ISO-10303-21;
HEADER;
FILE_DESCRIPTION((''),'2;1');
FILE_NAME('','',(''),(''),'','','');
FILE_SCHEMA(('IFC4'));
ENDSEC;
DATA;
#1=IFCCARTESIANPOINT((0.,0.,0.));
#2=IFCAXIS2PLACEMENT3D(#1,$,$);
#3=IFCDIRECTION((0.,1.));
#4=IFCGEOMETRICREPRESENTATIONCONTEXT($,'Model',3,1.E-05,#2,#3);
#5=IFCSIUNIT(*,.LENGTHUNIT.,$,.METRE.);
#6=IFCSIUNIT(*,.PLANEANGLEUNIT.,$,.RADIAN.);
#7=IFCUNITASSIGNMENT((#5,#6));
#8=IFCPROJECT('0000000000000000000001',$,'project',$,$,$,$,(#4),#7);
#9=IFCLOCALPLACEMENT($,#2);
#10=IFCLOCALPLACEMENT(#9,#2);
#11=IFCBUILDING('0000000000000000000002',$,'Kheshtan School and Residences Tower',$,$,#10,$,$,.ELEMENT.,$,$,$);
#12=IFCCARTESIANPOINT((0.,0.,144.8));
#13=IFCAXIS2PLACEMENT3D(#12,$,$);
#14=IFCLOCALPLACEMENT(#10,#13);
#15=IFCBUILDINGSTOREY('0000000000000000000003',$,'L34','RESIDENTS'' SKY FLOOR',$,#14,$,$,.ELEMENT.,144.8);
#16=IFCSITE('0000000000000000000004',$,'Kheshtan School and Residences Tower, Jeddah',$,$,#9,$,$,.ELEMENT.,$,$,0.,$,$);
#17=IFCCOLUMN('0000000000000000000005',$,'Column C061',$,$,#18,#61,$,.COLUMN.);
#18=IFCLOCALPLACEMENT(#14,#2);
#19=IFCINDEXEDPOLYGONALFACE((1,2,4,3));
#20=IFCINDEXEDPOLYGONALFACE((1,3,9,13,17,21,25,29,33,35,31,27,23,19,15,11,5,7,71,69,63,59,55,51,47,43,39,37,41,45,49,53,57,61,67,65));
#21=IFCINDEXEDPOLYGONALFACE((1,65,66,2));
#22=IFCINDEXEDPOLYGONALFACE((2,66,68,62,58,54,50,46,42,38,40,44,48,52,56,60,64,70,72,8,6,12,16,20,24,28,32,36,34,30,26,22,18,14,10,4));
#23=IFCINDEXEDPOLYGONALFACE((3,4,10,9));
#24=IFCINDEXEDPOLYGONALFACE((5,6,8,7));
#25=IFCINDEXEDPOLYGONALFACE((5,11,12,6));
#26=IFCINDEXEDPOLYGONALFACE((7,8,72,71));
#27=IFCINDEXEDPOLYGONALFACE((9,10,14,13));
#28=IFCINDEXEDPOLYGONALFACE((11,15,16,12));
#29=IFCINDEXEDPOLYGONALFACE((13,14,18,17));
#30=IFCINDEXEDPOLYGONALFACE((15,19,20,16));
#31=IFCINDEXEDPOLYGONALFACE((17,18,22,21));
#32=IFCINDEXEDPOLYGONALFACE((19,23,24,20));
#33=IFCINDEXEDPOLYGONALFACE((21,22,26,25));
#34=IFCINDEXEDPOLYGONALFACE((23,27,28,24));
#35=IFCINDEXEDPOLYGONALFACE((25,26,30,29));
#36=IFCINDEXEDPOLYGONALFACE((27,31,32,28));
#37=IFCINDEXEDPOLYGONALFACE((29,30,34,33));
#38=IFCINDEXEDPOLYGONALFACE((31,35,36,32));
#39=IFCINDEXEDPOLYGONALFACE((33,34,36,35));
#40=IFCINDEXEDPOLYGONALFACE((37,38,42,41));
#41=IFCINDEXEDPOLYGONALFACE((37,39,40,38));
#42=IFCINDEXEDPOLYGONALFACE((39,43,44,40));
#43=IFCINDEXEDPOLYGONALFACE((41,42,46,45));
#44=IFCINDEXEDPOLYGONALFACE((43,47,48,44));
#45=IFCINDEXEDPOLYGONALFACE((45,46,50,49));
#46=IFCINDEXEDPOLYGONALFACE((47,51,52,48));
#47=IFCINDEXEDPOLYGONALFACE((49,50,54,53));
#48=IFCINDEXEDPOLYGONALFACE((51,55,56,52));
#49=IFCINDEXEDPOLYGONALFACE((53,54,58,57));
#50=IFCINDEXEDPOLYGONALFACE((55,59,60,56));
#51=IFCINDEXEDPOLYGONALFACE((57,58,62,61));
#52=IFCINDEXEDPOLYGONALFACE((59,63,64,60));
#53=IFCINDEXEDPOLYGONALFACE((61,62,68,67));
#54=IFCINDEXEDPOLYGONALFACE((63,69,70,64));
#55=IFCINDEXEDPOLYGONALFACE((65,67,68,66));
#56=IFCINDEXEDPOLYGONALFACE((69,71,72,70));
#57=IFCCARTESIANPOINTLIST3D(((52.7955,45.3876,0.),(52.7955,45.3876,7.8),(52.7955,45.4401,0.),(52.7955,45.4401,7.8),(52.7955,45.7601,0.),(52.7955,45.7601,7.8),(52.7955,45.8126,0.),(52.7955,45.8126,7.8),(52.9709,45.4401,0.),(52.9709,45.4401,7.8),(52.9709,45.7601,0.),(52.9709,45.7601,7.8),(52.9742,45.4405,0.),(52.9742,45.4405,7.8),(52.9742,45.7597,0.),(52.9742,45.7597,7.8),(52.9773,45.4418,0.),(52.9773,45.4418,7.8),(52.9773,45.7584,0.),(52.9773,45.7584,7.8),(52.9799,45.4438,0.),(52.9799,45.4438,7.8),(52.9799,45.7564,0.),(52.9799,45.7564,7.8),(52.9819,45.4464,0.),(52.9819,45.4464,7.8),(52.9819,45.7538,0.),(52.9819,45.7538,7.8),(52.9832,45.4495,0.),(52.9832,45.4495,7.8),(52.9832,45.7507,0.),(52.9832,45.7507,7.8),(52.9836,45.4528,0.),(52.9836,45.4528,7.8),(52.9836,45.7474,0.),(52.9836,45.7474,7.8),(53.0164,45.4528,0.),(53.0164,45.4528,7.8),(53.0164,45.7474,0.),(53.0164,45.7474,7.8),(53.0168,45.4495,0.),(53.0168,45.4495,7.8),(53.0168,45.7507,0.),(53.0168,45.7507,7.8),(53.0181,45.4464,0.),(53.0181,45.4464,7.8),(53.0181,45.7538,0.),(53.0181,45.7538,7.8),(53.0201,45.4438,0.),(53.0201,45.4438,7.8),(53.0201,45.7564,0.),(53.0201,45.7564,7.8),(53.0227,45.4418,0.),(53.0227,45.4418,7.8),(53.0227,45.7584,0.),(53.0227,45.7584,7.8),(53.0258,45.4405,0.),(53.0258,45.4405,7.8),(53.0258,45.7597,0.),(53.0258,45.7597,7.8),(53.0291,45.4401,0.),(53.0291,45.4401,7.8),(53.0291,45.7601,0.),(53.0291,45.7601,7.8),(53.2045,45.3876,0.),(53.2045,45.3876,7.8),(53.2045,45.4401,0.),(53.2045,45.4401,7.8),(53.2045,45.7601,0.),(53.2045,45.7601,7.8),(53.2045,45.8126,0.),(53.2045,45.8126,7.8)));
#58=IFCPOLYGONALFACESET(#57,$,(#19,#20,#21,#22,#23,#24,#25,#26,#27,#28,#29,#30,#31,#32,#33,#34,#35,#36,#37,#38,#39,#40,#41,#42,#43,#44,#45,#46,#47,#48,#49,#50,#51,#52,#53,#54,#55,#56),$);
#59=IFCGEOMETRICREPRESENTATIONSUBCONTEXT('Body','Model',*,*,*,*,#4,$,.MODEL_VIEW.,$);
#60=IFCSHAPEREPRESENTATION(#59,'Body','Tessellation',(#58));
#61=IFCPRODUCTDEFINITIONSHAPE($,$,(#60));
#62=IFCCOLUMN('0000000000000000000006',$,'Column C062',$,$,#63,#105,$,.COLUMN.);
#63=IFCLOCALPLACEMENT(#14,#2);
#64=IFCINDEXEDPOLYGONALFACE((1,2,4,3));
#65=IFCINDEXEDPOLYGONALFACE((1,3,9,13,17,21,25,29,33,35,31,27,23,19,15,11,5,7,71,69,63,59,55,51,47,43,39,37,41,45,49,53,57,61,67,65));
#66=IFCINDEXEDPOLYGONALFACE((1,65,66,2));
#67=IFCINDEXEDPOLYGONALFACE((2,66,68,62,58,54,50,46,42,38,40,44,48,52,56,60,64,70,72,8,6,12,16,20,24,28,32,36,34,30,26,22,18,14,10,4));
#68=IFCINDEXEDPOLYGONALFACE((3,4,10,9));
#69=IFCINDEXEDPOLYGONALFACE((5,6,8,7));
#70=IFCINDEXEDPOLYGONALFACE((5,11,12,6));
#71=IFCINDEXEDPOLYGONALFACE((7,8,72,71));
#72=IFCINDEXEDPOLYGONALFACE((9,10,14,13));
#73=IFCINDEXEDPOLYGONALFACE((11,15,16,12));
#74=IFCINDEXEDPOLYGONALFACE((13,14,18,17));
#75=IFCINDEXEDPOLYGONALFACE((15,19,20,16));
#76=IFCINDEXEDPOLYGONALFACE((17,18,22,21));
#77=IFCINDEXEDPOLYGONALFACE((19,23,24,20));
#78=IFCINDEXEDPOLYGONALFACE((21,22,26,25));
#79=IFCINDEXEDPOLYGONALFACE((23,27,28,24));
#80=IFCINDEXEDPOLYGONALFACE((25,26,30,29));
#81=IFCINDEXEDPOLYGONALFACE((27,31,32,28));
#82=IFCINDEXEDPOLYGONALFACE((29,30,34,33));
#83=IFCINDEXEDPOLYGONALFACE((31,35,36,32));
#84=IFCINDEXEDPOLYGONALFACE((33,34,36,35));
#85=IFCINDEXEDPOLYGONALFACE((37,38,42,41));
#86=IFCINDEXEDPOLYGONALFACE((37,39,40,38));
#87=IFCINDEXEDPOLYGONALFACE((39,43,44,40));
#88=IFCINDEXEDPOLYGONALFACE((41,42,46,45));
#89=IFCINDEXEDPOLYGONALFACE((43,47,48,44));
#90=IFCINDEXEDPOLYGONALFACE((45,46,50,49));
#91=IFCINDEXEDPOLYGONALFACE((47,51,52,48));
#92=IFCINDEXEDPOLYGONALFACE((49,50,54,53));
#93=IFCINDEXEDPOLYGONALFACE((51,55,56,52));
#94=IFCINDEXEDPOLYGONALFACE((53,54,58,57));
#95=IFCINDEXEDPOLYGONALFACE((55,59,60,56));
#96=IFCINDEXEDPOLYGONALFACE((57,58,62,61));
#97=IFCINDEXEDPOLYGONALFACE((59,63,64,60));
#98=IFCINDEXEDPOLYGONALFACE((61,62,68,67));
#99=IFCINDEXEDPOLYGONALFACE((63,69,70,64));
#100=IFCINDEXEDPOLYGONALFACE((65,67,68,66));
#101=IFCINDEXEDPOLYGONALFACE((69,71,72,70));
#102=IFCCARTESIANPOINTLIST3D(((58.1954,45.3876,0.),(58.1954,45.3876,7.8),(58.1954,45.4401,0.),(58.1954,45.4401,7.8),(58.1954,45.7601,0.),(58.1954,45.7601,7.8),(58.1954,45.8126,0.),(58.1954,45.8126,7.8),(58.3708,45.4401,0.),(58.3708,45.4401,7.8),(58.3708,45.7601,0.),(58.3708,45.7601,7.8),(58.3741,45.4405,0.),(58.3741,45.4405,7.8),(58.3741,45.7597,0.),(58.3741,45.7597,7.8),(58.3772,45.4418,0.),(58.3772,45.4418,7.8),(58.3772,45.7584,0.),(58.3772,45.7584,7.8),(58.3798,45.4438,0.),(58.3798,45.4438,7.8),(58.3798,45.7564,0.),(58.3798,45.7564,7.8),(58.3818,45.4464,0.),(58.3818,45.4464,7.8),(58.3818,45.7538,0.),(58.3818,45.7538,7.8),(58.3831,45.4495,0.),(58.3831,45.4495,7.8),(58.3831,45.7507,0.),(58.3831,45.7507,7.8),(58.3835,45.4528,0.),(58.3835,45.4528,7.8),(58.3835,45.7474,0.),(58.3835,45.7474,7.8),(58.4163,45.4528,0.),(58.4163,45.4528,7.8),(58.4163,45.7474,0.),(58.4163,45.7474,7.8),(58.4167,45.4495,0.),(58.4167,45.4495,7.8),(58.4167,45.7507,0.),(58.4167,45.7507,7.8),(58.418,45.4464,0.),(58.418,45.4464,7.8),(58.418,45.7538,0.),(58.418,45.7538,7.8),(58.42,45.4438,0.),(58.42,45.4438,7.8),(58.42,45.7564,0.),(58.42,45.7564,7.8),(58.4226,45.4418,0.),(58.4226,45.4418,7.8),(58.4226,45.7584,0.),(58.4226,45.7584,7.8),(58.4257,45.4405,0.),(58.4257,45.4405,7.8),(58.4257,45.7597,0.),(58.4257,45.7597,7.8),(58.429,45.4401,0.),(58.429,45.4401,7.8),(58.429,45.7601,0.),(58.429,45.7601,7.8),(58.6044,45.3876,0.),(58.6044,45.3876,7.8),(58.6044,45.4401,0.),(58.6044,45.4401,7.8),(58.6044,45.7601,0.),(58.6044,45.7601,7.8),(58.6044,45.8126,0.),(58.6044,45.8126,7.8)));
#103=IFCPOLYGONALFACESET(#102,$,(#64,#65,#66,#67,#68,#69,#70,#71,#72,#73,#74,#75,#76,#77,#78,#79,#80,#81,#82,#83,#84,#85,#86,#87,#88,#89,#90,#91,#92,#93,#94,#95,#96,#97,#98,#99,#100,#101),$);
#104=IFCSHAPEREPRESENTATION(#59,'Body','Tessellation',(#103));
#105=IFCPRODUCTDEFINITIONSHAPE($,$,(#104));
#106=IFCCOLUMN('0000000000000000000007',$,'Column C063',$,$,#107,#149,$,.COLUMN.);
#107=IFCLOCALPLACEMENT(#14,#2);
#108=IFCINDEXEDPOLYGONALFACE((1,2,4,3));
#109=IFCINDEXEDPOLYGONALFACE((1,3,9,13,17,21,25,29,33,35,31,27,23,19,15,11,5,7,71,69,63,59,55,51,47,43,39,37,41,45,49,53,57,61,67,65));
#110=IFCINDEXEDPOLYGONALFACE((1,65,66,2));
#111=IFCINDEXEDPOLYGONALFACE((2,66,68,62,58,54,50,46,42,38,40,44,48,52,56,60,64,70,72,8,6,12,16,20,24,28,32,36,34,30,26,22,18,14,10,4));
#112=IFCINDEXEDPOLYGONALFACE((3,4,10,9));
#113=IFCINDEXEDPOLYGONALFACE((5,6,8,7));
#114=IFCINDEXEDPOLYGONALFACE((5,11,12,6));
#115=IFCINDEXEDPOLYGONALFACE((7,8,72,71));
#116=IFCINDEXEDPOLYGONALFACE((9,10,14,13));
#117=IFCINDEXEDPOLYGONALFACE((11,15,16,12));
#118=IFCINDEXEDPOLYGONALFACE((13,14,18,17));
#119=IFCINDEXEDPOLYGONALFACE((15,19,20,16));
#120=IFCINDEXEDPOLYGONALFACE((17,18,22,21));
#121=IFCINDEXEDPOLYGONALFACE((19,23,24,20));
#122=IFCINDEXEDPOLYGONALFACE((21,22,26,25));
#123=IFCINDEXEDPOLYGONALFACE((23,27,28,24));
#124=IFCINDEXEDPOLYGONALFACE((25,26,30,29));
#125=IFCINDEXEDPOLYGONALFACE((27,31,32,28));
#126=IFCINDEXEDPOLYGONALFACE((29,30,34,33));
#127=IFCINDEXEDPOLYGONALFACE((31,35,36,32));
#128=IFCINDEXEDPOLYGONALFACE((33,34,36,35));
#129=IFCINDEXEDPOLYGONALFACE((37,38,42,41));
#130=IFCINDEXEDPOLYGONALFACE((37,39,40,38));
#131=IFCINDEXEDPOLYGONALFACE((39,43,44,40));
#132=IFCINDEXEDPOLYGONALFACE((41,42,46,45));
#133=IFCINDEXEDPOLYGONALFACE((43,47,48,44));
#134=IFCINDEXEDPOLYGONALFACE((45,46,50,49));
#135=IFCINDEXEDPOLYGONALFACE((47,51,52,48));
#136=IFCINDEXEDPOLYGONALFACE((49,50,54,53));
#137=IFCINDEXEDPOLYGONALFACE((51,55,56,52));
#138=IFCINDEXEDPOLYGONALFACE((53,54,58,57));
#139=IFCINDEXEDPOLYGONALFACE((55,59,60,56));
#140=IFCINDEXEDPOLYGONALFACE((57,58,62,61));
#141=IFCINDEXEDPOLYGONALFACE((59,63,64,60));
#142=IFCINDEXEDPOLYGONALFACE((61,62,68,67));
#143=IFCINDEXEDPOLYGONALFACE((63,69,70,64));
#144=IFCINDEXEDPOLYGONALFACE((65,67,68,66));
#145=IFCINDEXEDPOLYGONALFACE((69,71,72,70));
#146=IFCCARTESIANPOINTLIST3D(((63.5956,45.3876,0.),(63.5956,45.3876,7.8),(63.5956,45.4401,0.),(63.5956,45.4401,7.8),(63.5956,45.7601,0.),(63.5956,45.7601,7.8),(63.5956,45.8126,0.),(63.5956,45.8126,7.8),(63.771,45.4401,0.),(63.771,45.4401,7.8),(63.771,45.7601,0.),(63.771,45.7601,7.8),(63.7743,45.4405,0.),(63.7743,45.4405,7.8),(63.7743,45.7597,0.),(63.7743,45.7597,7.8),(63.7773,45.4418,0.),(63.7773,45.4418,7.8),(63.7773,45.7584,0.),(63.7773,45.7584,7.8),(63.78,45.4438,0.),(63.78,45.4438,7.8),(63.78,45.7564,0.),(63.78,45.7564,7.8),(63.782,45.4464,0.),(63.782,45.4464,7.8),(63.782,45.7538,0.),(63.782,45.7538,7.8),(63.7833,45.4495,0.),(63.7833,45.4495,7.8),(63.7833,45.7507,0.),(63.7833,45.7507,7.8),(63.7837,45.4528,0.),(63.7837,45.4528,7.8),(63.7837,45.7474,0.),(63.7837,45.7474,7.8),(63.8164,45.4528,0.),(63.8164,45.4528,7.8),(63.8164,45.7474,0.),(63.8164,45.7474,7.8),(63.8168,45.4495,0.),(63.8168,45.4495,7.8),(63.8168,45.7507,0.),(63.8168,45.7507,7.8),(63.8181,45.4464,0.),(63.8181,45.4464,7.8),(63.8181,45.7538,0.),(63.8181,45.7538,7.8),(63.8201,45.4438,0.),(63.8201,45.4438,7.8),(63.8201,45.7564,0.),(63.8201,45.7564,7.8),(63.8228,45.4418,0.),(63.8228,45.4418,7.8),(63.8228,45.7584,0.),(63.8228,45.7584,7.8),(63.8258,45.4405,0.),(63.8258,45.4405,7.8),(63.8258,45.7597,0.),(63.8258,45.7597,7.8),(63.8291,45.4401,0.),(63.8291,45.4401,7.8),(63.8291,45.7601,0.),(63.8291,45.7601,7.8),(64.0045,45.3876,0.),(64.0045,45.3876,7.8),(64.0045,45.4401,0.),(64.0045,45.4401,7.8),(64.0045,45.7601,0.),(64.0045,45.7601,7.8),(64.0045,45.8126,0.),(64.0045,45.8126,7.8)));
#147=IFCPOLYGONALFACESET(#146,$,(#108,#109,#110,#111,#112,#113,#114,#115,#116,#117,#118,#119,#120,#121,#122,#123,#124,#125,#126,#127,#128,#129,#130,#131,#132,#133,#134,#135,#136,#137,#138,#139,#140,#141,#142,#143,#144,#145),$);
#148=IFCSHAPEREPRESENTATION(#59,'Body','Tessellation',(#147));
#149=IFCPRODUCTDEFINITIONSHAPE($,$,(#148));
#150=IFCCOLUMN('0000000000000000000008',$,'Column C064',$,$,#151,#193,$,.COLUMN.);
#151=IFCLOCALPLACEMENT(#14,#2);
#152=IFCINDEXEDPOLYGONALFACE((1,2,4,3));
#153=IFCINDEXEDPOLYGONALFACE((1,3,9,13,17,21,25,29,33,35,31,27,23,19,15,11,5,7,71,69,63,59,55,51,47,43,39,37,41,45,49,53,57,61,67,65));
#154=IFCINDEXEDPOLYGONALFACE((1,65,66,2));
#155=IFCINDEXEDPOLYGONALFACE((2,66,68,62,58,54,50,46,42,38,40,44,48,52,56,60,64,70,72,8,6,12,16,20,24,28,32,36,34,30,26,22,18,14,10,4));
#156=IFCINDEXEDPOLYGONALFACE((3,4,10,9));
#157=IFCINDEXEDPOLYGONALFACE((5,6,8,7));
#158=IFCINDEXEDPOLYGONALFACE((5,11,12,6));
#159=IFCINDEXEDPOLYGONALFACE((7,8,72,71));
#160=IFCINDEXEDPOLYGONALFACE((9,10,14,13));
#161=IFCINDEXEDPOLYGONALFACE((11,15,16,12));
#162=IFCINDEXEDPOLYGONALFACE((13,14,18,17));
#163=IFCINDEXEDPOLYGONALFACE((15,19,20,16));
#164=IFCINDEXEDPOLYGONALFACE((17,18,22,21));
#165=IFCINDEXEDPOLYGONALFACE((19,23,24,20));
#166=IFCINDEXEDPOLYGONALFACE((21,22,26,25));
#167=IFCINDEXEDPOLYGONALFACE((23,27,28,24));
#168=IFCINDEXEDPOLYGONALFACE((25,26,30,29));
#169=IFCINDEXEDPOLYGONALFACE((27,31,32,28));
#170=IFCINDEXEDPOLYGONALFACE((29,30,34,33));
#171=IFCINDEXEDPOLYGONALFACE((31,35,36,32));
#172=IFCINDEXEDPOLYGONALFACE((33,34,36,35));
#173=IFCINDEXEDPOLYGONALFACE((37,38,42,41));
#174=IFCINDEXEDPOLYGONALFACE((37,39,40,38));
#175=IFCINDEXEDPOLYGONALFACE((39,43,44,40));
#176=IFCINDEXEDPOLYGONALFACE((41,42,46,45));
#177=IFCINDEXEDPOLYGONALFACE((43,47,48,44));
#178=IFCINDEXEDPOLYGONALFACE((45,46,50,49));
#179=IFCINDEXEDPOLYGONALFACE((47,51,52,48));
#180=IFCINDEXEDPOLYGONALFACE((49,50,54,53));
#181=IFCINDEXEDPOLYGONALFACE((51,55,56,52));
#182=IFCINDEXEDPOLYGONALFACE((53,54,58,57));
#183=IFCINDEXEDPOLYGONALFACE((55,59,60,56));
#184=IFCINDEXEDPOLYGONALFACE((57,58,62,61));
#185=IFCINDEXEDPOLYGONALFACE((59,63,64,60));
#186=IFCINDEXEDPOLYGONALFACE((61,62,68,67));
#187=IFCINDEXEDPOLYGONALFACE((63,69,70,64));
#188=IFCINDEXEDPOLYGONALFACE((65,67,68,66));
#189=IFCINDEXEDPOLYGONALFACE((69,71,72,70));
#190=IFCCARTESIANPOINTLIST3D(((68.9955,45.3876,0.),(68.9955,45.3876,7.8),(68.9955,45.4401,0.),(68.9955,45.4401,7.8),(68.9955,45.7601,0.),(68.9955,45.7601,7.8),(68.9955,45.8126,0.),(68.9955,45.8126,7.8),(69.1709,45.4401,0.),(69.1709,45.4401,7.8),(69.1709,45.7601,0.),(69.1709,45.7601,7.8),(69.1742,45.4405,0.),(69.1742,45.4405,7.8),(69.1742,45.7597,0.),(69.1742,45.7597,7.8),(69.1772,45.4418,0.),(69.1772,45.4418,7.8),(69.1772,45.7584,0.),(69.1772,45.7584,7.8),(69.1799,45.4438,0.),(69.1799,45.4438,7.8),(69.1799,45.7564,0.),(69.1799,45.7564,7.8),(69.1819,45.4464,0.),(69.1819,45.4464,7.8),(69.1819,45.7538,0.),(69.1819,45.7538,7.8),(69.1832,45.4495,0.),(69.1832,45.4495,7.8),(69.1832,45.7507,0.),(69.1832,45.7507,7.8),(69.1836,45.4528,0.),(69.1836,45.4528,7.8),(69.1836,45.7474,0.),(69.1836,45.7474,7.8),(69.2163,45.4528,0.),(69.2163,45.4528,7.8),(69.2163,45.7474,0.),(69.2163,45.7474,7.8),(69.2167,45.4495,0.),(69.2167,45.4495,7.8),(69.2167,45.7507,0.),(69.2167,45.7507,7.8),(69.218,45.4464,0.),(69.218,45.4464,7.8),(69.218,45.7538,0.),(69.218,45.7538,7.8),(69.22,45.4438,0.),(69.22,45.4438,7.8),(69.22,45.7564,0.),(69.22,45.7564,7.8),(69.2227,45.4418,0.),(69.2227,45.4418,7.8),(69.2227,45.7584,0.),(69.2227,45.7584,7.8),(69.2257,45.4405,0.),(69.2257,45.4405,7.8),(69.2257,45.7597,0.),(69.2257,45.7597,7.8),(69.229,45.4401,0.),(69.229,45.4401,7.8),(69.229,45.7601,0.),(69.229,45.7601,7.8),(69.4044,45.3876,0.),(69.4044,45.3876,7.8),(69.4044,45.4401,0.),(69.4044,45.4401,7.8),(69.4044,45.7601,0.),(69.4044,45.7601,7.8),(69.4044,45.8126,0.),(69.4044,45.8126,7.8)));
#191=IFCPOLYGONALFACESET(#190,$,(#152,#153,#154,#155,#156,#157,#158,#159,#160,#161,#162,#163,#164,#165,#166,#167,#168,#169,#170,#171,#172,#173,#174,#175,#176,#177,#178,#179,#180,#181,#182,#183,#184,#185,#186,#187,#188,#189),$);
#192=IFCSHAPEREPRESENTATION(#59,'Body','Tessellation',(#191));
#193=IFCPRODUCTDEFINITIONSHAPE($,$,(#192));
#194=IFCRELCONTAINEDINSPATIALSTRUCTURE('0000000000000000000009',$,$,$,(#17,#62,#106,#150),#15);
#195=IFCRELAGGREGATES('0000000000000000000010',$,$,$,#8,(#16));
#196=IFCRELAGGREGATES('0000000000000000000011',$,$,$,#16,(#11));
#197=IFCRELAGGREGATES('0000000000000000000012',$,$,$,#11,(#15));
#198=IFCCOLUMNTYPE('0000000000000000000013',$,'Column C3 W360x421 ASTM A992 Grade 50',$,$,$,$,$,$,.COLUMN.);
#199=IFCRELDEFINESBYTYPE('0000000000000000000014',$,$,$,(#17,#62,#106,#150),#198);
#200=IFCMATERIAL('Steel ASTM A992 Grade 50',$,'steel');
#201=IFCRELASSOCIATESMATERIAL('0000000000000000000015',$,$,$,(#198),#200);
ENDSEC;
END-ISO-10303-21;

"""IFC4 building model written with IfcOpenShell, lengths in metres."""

from ifc_helpers import new_model, si_unit, direction, frame, origin, origin_2d, place, context, subcontext, project, spatial, i_section, extrude, material, material_profile, profile_set, type_object, element, save


model = new_model("IFC4")

# Units and contexts
model_context = context("Model", 3, precision=1e-05, world=origin(), true_north=direction((0.0, 1.0)))
body_context = subcontext(model_context, "Body", "Model", "MODEL_VIEW")
ifc_project = project(units=[si_unit("LENGTHUNIT", "METRE"), si_unit("PLANEANGLEUNIT", "RADIAN")], contexts=[model_context])

# Site, building, storey
site_placement = place(None, origin())
site = spatial("IfcSite", under=ifc_project, at=site_placement, Name="Kheshtan School and Residences Tower, Jeddah", CompositionType="ELEMENT", RefElevation=0.0)
building_placement = place(site_placement, origin())
building = spatial("IfcBuilding", under=site, at=building_placement, Name="Kheshtan School and Residences Tower", CompositionType="ELEMENT")
storey_placement = place(building_placement, frame((0.0, 0.0, 144.8)))
storey = spatial("IfcBuildingStorey", under=building, at=storey_placement, Name="L34", Description="RESIDENTS' SKY FLOOR", CompositionType="ELEMENT", Elevation=144.8)

# Columns
ifc_material_1 = material(Name="Steel ASTM A992 Grade 50", Category="steel")
ifc_material_profile_1 = material_profile(ifc_material_1, i_section(OverallWidth=0.4089, OverallDepth=0.425, WebThickness=0.0327, FlangeThickness=0.0525, FilletRadius=0.0127, at=origin_2d()), Name="W360x421")
ifc_profile_set_1 = profile_set([ifc_material_profile_1], Name="Steel ASTM A992 Grade 50")
column_type = type_object("IfcColumnType", Name="Column C3 W360x421 ASTM A992 Grade 50", PredefinedType="COLUMN", material=ifc_profile_set_1)
for number, where, z_axis, x_axis, name in (
    (1, (53.0, 45.6001, 0.0), (0.0, 0.0, 1.0), (1.0, 0.0, 0.0), "Column C061"),
    (2, (58.3999, 45.6001, 0.0), (0.0, 0.0, 1.0), (1.0, 0.0, 0.0), "Column C062"),
    (3, (63.8, 45.6001, 0.0), (0.0, 0.0, 1.0), (1.0, 0.0, 0.0), "Column C063"),
    (4, (69.2, 45.6001, 0.0), (0.0, 0.0, 1.0), (1.0, 0.0, 0.0), "Column C064"),
):
    element("IfcColumn", number, at=place(storey_placement, frame(where, z_axis=z_axis, x_axis=x_axis)), inside=storey, type_object=column_type, Name=name, PredefinedType="COLUMN", context=body_context, shape_type="SweptSolid", body=[
        extrude(i_section(OverallWidth=0.4089, OverallDepth=0.425, WebThickness=0.0327, FlangeThickness=0.0525, FilletRadius=0.0127, at=origin_2d()), origin(), (0.0, 0.0, 1.0), 7.8),
    ])

save(model, "model.ifc")
